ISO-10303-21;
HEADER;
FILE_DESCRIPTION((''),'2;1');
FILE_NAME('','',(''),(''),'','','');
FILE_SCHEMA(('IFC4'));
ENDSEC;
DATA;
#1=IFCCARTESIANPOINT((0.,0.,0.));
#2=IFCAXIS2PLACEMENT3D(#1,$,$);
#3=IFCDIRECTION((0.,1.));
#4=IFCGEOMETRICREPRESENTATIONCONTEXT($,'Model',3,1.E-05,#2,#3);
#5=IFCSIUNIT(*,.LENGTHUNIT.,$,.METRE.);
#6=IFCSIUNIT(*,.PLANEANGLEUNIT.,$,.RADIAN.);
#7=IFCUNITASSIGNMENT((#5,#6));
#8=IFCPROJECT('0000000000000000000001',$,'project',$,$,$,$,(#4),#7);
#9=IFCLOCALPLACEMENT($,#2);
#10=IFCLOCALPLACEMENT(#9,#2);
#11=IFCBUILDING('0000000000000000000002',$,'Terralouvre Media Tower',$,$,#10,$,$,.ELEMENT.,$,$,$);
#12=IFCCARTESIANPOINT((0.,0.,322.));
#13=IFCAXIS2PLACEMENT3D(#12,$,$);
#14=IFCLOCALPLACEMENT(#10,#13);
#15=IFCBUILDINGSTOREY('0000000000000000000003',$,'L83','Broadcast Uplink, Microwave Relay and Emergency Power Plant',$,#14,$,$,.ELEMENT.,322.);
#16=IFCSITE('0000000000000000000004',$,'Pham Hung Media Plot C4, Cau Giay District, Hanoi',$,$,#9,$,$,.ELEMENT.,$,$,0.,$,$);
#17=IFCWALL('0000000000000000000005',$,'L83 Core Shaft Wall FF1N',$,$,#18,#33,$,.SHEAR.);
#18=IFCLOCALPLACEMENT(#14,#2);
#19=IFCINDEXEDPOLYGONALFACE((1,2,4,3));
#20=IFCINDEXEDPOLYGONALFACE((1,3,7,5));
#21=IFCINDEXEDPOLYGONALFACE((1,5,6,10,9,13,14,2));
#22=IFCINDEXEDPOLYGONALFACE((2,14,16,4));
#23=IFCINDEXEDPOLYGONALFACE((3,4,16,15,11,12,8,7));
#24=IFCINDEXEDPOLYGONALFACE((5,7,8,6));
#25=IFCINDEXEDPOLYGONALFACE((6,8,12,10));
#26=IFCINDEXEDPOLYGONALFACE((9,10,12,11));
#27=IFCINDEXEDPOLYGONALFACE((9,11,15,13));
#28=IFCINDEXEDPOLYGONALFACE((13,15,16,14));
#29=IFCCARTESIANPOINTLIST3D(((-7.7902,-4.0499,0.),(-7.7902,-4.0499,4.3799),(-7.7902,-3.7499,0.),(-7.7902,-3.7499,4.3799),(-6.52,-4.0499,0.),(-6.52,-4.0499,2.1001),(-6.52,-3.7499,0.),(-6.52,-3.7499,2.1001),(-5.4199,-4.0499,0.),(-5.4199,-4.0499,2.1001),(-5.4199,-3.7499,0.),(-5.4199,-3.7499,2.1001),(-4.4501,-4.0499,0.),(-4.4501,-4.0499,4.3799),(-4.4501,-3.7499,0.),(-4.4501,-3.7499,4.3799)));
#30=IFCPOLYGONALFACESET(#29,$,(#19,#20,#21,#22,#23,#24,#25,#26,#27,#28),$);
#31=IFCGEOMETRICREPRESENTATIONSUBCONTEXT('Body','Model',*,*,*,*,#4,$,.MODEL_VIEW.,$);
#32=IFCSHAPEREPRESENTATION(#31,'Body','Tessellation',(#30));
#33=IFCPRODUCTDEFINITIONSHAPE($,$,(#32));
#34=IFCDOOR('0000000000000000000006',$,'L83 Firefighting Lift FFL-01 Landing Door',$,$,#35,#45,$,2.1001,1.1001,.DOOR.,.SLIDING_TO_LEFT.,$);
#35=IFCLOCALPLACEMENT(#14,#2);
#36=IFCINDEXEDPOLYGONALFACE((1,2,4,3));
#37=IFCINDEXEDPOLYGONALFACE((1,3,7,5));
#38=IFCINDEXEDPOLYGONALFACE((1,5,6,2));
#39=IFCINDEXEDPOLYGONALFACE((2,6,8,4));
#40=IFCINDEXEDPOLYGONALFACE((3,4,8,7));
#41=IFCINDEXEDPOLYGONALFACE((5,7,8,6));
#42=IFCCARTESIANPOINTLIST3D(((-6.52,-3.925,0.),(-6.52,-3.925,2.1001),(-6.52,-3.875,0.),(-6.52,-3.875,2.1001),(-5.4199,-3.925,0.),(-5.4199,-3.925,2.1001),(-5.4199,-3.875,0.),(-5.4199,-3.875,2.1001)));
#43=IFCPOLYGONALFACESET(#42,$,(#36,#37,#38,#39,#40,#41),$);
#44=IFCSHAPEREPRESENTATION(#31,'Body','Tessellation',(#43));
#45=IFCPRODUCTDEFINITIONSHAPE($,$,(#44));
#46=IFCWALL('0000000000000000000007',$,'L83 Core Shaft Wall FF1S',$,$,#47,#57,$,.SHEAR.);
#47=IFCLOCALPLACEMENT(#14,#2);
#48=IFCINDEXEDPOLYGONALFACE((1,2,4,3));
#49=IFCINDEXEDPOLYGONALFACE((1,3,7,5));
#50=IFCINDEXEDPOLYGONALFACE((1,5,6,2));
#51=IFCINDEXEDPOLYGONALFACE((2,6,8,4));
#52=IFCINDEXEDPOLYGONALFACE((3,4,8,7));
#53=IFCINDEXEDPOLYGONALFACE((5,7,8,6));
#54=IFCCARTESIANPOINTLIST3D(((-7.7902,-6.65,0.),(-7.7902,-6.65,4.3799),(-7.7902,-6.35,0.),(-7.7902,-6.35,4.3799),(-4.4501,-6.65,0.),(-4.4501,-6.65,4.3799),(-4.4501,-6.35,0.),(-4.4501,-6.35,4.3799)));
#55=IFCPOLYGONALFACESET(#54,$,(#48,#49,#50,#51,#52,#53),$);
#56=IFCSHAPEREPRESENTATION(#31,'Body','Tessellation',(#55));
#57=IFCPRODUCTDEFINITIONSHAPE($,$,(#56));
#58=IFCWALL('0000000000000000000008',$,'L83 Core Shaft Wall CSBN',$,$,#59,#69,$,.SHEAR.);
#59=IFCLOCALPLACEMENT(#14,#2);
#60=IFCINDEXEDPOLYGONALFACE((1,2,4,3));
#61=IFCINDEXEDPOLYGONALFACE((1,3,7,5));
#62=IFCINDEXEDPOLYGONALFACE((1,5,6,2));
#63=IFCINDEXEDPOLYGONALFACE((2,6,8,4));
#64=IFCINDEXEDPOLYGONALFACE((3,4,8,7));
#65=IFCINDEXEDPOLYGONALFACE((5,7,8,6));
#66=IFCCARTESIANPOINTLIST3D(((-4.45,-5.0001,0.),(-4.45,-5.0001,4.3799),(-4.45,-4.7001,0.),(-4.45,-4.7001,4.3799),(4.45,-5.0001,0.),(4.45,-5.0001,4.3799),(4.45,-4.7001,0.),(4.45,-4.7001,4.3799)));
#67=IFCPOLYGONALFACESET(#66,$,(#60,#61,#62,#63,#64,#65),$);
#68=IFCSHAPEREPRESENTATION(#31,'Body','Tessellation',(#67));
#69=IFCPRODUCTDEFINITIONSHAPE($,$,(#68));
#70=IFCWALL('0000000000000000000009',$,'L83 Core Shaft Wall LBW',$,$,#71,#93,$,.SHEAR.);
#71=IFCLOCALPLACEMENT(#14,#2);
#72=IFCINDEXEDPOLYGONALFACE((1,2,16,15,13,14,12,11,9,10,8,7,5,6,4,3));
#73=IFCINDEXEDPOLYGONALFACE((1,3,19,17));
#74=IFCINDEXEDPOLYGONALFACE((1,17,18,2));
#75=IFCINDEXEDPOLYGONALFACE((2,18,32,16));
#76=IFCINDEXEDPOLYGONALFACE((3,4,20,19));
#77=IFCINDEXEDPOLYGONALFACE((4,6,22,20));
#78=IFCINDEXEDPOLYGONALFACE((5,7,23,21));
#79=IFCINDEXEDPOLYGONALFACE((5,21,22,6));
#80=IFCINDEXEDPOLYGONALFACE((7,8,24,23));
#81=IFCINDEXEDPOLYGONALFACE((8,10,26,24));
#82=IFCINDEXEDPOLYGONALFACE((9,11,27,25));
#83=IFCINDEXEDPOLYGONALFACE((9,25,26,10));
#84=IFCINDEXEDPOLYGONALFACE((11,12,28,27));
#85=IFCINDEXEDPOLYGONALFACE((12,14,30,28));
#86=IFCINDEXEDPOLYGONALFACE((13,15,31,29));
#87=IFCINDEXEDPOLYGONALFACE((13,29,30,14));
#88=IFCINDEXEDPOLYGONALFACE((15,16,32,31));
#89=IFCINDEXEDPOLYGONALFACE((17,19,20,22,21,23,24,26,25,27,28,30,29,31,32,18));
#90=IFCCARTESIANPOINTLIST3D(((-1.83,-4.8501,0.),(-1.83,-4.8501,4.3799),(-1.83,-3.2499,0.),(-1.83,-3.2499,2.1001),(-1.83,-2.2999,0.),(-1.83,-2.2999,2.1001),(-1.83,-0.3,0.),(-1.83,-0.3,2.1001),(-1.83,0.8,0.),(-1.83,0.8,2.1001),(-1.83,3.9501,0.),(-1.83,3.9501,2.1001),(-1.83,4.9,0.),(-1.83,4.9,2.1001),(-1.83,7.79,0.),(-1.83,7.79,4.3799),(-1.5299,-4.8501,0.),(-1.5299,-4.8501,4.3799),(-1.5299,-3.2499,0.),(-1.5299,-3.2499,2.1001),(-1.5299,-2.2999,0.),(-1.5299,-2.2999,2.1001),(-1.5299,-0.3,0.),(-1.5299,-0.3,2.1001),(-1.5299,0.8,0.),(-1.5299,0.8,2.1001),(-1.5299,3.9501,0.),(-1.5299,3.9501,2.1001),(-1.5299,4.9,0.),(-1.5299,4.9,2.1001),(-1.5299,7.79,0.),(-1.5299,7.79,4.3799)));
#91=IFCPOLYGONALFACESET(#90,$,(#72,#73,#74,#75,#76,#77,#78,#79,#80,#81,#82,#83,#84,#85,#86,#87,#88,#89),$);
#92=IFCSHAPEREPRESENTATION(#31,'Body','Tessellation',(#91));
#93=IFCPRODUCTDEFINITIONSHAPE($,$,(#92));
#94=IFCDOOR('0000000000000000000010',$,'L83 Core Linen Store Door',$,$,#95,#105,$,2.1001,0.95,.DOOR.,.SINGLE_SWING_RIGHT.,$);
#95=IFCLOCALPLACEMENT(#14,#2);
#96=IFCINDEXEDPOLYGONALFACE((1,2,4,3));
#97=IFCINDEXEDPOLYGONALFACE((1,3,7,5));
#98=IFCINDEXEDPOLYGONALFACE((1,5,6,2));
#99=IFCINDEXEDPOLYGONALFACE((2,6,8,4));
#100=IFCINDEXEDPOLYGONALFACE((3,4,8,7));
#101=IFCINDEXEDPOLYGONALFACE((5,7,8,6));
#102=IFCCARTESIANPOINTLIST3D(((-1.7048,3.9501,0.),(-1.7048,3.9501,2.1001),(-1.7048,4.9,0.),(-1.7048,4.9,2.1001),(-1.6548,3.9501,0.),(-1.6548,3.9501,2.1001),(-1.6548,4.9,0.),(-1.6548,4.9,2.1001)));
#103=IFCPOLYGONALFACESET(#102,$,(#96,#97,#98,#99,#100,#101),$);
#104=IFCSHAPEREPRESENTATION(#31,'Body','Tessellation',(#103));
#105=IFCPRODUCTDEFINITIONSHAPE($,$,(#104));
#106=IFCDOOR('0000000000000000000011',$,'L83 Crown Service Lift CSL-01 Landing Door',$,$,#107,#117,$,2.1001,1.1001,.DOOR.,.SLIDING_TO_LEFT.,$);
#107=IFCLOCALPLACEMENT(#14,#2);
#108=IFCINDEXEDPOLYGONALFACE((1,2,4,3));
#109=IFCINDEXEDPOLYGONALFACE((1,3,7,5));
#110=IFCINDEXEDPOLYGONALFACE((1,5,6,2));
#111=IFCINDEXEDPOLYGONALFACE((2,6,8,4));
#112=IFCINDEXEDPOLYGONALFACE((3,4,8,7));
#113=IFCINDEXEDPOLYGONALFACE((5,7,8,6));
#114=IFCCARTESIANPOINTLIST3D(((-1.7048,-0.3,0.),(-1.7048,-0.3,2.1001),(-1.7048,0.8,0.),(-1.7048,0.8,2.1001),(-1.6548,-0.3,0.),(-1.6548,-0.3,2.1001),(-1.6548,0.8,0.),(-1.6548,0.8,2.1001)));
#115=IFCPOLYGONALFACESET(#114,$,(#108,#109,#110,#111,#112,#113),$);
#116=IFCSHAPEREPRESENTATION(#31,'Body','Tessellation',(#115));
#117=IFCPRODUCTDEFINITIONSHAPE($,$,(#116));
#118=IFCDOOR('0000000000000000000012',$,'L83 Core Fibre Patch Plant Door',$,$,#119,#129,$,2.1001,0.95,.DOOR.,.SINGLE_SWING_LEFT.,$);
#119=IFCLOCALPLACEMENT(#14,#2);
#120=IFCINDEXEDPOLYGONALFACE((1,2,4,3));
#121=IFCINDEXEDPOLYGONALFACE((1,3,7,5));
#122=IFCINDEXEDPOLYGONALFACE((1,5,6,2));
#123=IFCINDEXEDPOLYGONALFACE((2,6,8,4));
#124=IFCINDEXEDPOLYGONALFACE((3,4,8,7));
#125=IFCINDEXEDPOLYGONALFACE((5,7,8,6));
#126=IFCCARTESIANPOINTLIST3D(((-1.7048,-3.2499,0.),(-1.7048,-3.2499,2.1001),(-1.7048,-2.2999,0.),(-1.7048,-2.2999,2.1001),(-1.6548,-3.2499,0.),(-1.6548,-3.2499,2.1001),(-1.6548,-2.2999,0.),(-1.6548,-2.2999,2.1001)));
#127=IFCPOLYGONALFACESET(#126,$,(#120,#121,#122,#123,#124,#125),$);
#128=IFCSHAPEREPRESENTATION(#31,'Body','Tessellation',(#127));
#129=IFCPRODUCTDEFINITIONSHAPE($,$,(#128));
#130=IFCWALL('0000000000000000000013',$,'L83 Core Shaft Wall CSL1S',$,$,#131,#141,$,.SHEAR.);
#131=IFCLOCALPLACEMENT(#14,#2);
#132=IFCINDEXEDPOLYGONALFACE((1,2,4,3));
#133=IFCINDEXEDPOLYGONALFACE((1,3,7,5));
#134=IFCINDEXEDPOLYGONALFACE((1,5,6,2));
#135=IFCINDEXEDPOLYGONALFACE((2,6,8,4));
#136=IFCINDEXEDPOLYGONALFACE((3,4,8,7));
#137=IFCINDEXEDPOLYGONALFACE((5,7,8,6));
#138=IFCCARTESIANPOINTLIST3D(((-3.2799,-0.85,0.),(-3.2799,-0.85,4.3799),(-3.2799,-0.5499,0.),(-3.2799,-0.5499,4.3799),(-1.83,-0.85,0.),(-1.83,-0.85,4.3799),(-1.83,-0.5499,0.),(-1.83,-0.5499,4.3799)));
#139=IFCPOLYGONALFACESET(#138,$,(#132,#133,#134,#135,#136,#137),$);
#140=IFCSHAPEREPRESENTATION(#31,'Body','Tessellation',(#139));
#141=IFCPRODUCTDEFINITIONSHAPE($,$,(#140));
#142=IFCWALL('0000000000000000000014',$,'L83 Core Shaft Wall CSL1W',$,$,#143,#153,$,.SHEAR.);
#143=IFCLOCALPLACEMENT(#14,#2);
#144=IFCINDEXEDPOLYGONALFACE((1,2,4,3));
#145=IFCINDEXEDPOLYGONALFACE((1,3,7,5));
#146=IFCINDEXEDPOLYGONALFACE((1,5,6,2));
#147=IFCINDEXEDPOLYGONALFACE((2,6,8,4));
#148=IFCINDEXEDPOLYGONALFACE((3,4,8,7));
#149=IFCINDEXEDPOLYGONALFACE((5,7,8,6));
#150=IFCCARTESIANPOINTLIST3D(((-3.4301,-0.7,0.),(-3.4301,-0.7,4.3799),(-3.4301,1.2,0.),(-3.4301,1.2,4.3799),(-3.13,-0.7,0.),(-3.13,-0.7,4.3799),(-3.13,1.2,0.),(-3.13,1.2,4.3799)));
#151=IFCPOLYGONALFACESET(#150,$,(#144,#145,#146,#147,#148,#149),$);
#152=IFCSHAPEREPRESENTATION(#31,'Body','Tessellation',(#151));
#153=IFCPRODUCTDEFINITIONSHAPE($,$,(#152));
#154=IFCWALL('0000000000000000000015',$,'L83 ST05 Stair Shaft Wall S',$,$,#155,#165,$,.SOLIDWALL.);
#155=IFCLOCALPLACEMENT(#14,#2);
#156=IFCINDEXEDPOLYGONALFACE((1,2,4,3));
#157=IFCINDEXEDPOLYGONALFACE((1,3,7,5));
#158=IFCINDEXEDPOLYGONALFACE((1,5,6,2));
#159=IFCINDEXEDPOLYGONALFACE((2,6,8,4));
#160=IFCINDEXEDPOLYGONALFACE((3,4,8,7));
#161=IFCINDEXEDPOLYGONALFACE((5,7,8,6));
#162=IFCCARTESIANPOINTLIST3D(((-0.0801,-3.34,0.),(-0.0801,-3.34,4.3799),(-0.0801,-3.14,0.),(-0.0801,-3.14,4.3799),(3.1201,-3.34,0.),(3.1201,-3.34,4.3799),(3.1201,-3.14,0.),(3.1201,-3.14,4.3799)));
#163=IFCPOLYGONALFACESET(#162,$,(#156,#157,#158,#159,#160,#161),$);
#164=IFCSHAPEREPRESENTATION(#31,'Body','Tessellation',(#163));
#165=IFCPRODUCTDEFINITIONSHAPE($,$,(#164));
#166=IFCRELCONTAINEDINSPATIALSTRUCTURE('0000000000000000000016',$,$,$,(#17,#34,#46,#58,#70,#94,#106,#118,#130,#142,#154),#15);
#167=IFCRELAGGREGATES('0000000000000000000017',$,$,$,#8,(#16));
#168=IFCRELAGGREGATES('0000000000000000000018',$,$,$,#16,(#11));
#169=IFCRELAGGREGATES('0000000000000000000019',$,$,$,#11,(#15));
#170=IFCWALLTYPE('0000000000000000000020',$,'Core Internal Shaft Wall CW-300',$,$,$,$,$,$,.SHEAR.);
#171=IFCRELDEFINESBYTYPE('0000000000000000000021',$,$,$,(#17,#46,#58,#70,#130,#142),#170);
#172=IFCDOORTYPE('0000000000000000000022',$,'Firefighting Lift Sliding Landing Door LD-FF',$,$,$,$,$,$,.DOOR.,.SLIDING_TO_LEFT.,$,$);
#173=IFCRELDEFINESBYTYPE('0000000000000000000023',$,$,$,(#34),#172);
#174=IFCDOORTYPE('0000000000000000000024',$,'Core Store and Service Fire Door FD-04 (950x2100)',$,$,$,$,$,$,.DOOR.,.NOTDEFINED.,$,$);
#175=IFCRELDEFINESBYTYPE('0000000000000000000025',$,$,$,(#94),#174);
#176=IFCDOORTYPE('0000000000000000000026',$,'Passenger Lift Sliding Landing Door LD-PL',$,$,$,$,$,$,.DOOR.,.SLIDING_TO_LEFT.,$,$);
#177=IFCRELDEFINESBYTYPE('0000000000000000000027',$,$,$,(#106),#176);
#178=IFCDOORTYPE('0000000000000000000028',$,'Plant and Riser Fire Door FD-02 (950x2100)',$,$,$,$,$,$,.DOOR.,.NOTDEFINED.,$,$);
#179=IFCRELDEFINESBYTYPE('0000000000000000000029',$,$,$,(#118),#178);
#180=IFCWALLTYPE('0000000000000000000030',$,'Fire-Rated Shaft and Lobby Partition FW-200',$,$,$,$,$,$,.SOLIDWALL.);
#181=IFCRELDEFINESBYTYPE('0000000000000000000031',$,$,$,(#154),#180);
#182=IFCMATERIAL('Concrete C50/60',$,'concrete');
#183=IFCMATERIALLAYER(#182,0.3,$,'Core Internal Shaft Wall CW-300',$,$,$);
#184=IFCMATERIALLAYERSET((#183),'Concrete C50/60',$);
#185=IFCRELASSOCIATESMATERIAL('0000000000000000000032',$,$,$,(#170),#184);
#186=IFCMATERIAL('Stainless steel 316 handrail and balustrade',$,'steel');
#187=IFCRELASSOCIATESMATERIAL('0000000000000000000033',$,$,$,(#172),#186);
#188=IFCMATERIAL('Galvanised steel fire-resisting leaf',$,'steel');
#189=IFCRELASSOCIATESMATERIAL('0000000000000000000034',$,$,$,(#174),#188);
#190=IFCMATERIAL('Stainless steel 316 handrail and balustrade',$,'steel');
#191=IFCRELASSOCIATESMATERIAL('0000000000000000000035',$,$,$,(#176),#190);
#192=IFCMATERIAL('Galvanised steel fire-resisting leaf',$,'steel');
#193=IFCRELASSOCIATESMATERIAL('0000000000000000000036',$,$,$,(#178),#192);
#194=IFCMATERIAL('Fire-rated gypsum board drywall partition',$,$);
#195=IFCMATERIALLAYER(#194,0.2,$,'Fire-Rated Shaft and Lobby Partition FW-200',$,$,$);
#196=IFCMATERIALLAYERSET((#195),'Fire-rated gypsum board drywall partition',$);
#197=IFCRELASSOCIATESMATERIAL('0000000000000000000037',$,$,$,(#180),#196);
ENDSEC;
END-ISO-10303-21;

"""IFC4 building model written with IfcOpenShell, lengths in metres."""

from ifc_helpers import new_model, si_unit, direction, frame, frame_2d, origin, place, context, subcontext, project, spatial, rectangle, extrude, material, layer, layer_set, type_object, element, fill, save


model = new_model("IFC4")

# Units and contexts
model_context = context("Model", 3, precision=1e-05, world=origin(), true_north=direction((0.0, 1.0)))
body_context = subcontext(model_context, "Body", "Model", "MODEL_VIEW")
ifc_project = project(units=[si_unit("LENGTHUNIT", "METRE"), si_unit("PLANEANGLEUNIT", "RADIAN")], contexts=[model_context])

# Site, building, storey
site_placement = place(None, origin())
site = spatial("IfcSite", under=ifc_project, at=site_placement, Name="Pham Hung Media Plot C4, Cau Giay District, Hanoi", CompositionType="ELEMENT", RefElevation=0.0)
building_placement = place(site_placement, origin())
building = spatial("IfcBuilding", under=site, at=building_placement, Name="Terralouvre Media Tower", CompositionType="ELEMENT")
storey_placement = place(building_placement, frame((0.0, 0.0, 322.0)))
storey = spatial("IfcBuildingStorey", under=building, at=storey_placement, Name="L83", Description="Broadcast Uplink, Microwave Relay and Emergency Power Plant", CompositionType="ELEMENT", Elevation=322.0)

# Wall, opening, door
ifc_material_1 = material(Name="Concrete C50/60", Category="concrete")
ifc_layer_1 = layer(ifc_material_1, 0.3, Name="Core Internal Shaft Wall CW-300")
ifc_layer_set_1 = layer_set([ifc_layer_1], Name="Concrete C50/60")
wall_type_1 = type_object("IfcWallType", Name="Core Internal Shaft Wall CW-300", PredefinedType="SHEAR", material=ifc_layer_set_1)
wall_1_placement = place(storey_placement, frame((-7.79, -3.8999, 0.0), z_axis=(0.0, 0.0, 1.0), x_axis=(1.0, 0.0, 0.0)))
wall_1 = element("IfcWall", 1, at=wall_1_placement, inside=storey, type_object=wall_type_1, Name="L83 Core Shaft Wall FF1N", PredefinedType="SHEAR", context=body_context, shape_type="SweptSolid", body=[
    extrude(rectangle(XDim=3.3401, YDim=0.3, at=frame_2d((1.6699, 0.0))), origin(), (0.0, 0.0, 1.0), 4.3799),
])
opening_1_placement = place(wall_1_placement, frame((1.27, 0.0, 0.0)))
opening_1 = element("IfcOpeningElement", 2, at=opening_1_placement, cuts=wall_1, PredefinedType="OPENING", context=body_context, shape_type="SweptSolid", body=[
    extrude(rectangle(XDim=1.1001, YDim=2.1001, at=frame_2d((0.55, 1.05))), frame((0.0, 0.1599, 0.0), z_axis=(0.0, -1.0, 0.0), x_axis=(1.0, 0.0, 0.0)), (0.0, 0.0, 1.0), 0.3201),
])
ifc_material_2 = material(Name="Stainless steel 316 handrail and balustrade", Category="steel")
door_type_1 = type_object("IfcDoorType", Name="Firefighting Lift Sliding Landing Door LD-FF", OperationType="SLIDING_TO_LEFT", PredefinedType="DOOR", material=ifc_material_2)
door_1_placement = place(opening_1_placement, origin())
door_1 = element("IfcDoor", 3, at=door_1_placement, inside=storey, type_object=door_type_1, Name="L83 Firefighting Lift FFL-01 Landing Door", OperationType="SLIDING_TO_LEFT", OverallHeight=2.1001, OverallWidth=1.1001, PredefinedType="DOOR", context=body_context, shape_type="SweptSolid", body=[
    extrude(rectangle(XDim=1.1001, YDim=2.1001, at=frame_2d((0.55, 1.05))), frame((0.0, 0.0249, 0.0), z_axis=(0.0, -1.0, 0.0), x_axis=(1.0, 0.0, 0.0)), (0.0, 0.0, 1.0), 0.05),
])
fill(opening_1, door_1)

# Walls
wall_2_placement = place(storey_placement, frame((-7.79, -6.5, 0.0), z_axis=(0.0, 0.0, 1.0), x_axis=(1.0, 0.0, 0.0)))
element("IfcWall", 4, at=wall_2_placement, inside=storey, type_object=wall_type_1, Name="L83 Core Shaft Wall FF1S", PredefinedType="SHEAR", context=body_context, shape_type="SweptSolid", body=[
    extrude(rectangle(XDim=3.3401, YDim=0.3, at=frame_2d((1.6699, 0.0))), origin(), (0.0, 0.0, 1.0), 4.3799),
])
wall_3_placement = place(storey_placement, frame((-4.45, -4.8501, 0.0), z_axis=(0.0, 0.0, 1.0), x_axis=(1.0, 0.0, 0.0)))
element("IfcWall", 5, at=wall_3_placement, inside=storey, type_object=wall_type_1, Name="L83 Core Shaft Wall CSBN", PredefinedType="SHEAR", context=body_context, shape_type="SweptSolid", body=[
    extrude(rectangle(XDim=8.8999, YDim=0.3, at=frame_2d((4.45, 0.0))), origin(), (0.0, 0.0, 1.0), 4.3799),
])

# Wall, openings, doors
wall_4_placement = place(storey_placement, frame((-1.6799, -4.8501, 0.0), z_axis=(0.0, 0.0, 1.0), x_axis=(0.0, 1.0, 0.0)))
wall_4 = element("IfcWall", 6, at=wall_4_placement, inside=storey, type_object=wall_type_1, Name="L83 Core Shaft Wall LBW", PredefinedType="SHEAR", context=body_context, shape_type="SweptSolid", body=[
    extrude(rectangle(XDim=12.6401, YDim=0.3, at=frame_2d((6.3201, 0.0))), origin(), (0.0, 0.0, 1.0), 4.3799),
])
opening_2_placement = place(wall_4_placement, frame((1.6001, 0.0, 0.0)))
opening_2 = element("IfcOpeningElement", 7, at=opening_2_placement, cuts=wall_4, PredefinedType="OPENING", context=body_context, shape_type="SweptSolid", body=[
    extrude(rectangle(XDim=0.95, YDim=2.1001, at=frame_2d((0.4751, 1.05))), frame((0.0, 0.1599, 0.0), z_axis=(0.0, -1.0, 0.0), x_axis=(1.0, 0.0, 0.0)), (0.0, 0.0, 1.0), 0.3201),
])
opening_3_placement = place(wall_4_placement, frame((4.55, 0.0, 0.0)))
opening_3 = element("IfcOpeningElement", 8, at=opening_3_placement, cuts=wall_4, PredefinedType="OPENING", context=body_context, shape_type="SweptSolid", body=[
    extrude(rectangle(XDim=1.1001, YDim=2.1001, at=frame_2d((0.55, 1.05))), frame((0.0, 0.1599, 0.0), z_axis=(0.0, -1.0, 0.0), x_axis=(1.0, 0.0, 0.0)), (0.0, 0.0, 1.0), 0.3201),
])
opening_4_placement = place(wall_4_placement, frame((8.8, 0.0, 0.0)))
opening_4 = element("IfcOpeningElement", 9, at=opening_4_placement, cuts=wall_4, PredefinedType="OPENING", context=body_context, shape_type="SweptSolid", body=[
    extrude(rectangle(XDim=0.95, YDim=2.1001, at=frame_2d((0.4751, 1.05))), frame((0.0, 0.1599, 0.0), z_axis=(0.0, -1.0, 0.0), x_axis=(1.0, 0.0, 0.0)), (0.0, 0.0, 1.0), 0.3201),
])
ifc_material_3 = material(Name="Galvanised steel fire-resisting leaf", Category="steel")
door_type_2 = type_object("IfcDoorType", Name="Core Store and Service Fire Door FD-04 (950x2100)", OperationType="NOTDEFINED", PredefinedType="DOOR", material=ifc_material_3)
door_2_placement = place(opening_4_placement, origin())
door_2 = element("IfcDoor", 10, at=door_2_placement, inside=storey, type_object=door_type_2, Name="L83 Core Linen Store Door", OperationType="SINGLE_SWING_RIGHT", OverallHeight=2.1001, OverallWidth=0.95, PredefinedType="DOOR", context=body_context, shape_type="SweptSolid", body=[
    extrude(rectangle(XDim=0.95, YDim=2.1001, at=frame_2d((0.4751, 1.05))), frame((0.0, 0.0249, 0.0), z_axis=(0.0, -1.0, 0.0), x_axis=(1.0, 0.0, 0.0)), (0.0, 0.0, 1.0), 0.05),
])
fill(opening_4, door_2)
ifc_material_4 = material(Name="Stainless steel 316 handrail and balustrade", Category="steel")
door_type_3 = type_object("IfcDoorType", Name="Passenger Lift Sliding Landing Door LD-PL", OperationType="SLIDING_TO_LEFT", PredefinedType="DOOR", material=ifc_material_4)
door_3_placement = place(opening_3_placement, origin())
door_3 = element("IfcDoor", 11, at=door_3_placement, inside=storey, type_object=door_type_3, Name="L83 Crown Service Lift CSL-01 Landing Door", OperationType="SLIDING_TO_LEFT", OverallHeight=2.1001, OverallWidth=1.1001, PredefinedType="DOOR", context=body_context, shape_type="SweptSolid", body=[
    extrude(rectangle(XDim=1.1001, YDim=2.1001, at=frame_2d((0.55, 1.05))), frame((0.0, 0.0249, 0.0), z_axis=(0.0, -1.0, 0.0), x_axis=(1.0, 0.0, 0.0)), (0.0, 0.0, 1.0), 0.05),
])
fill(opening_3, door_3)
ifc_material_5 = material(Name="Galvanised steel fire-resisting leaf", Category="steel")
door_type_4 = type_object("IfcDoorType", Name="Plant and Riser Fire Door FD-02 (950x2100)", OperationType="NOTDEFINED", PredefinedType="DOOR", material=ifc_material_5)
door_4_placement = place(opening_2_placement, origin())
door_4 = element("IfcDoor", 12, at=door_4_placement, inside=storey, type_object=door_type_4, Name="L83 Core Fibre Patch Plant Door", OperationType="SINGLE_SWING_LEFT", OverallHeight=2.1001, OverallWidth=0.95, PredefinedType="DOOR", context=body_context, shape_type="SweptSolid", body=[
    extrude(rectangle(XDim=0.95, YDim=2.1001, at=frame_2d((0.4751, 1.05))), frame((0.0, 0.0249, 0.0), z_axis=(0.0, -1.0, 0.0), x_axis=(1.0, 0.0, 0.0)), (0.0, 0.0, 1.0), 0.05),
])
fill(opening_2, door_4)

# Walls
wall_5_placement = place(storey_placement, frame((-3.28, -0.7, 0.0), z_axis=(0.0, 0.0, 1.0), x_axis=(1.0, 0.0, 0.0)))
element("IfcWall", 13, at=wall_5_placement, inside=storey, type_object=wall_type_1, Name="L83 Core Shaft Wall CSL1S", PredefinedType="SHEAR", context=body_context, shape_type="SweptSolid", body=[
    extrude(rectangle(XDim=1.45, YDim=0.3, at=frame_2d((0.7251, 0.0))), origin(), (0.0, 0.0, 1.0), 4.3799),
])
wall_6_placement = place(storey_placement, frame((-3.28, -0.7, 0.0), z_axis=(0.0, 0.0, 1.0), x_axis=(0.0, 1.0, 0.0)))
element("IfcWall", 14, at=wall_6_placement, inside=storey, type_object=wall_type_1, Name="L83 Core Shaft Wall CSL1W", PredefinedType="SHEAR", context=body_context, shape_type="SweptSolid", body=[
    extrude(rectangle(XDim=1.8999, YDim=0.3, at=frame_2d((0.95, 0.0))), origin(), (0.0, 0.0, 1.0), 4.3799),
])
ifc_material_6 = material(Name="Fire-rated gypsum board drywall partition")
ifc_layer_2 = layer(ifc_material_6, 0.2, Name="Fire-Rated Shaft and Lobby Partition FW-200")
ifc_layer_set_2 = layer_set([ifc_layer_2], Name="Fire-rated gypsum board drywall partition")
wall_type_2 = type_object("IfcWallType", Name="Fire-Rated Shaft and Lobby Partition FW-200", PredefinedType="SOLIDWALL", material=ifc_layer_set_2)
wall_7_placement = place(storey_placement, frame((-0.0801, -3.24, 0.0), z_axis=(0.0, 0.0, 1.0), x_axis=(1.0, 0.0, 0.0)))
element("IfcWall", 15, at=wall_7_placement, inside=storey, type_object=wall_type_2, Name="L83 ST05 Stair Shaft Wall S", PredefinedType="SOLIDWALL", context=body_context, shape_type="SweptSolid", body=[
    extrude(rectangle(XDim=3.2002, YDim=0.2, at=frame_2d((1.6001, 0.0))), origin(), (0.0, 0.0, 1.0), 4.3799),
])

save(model, "model.ifc")
